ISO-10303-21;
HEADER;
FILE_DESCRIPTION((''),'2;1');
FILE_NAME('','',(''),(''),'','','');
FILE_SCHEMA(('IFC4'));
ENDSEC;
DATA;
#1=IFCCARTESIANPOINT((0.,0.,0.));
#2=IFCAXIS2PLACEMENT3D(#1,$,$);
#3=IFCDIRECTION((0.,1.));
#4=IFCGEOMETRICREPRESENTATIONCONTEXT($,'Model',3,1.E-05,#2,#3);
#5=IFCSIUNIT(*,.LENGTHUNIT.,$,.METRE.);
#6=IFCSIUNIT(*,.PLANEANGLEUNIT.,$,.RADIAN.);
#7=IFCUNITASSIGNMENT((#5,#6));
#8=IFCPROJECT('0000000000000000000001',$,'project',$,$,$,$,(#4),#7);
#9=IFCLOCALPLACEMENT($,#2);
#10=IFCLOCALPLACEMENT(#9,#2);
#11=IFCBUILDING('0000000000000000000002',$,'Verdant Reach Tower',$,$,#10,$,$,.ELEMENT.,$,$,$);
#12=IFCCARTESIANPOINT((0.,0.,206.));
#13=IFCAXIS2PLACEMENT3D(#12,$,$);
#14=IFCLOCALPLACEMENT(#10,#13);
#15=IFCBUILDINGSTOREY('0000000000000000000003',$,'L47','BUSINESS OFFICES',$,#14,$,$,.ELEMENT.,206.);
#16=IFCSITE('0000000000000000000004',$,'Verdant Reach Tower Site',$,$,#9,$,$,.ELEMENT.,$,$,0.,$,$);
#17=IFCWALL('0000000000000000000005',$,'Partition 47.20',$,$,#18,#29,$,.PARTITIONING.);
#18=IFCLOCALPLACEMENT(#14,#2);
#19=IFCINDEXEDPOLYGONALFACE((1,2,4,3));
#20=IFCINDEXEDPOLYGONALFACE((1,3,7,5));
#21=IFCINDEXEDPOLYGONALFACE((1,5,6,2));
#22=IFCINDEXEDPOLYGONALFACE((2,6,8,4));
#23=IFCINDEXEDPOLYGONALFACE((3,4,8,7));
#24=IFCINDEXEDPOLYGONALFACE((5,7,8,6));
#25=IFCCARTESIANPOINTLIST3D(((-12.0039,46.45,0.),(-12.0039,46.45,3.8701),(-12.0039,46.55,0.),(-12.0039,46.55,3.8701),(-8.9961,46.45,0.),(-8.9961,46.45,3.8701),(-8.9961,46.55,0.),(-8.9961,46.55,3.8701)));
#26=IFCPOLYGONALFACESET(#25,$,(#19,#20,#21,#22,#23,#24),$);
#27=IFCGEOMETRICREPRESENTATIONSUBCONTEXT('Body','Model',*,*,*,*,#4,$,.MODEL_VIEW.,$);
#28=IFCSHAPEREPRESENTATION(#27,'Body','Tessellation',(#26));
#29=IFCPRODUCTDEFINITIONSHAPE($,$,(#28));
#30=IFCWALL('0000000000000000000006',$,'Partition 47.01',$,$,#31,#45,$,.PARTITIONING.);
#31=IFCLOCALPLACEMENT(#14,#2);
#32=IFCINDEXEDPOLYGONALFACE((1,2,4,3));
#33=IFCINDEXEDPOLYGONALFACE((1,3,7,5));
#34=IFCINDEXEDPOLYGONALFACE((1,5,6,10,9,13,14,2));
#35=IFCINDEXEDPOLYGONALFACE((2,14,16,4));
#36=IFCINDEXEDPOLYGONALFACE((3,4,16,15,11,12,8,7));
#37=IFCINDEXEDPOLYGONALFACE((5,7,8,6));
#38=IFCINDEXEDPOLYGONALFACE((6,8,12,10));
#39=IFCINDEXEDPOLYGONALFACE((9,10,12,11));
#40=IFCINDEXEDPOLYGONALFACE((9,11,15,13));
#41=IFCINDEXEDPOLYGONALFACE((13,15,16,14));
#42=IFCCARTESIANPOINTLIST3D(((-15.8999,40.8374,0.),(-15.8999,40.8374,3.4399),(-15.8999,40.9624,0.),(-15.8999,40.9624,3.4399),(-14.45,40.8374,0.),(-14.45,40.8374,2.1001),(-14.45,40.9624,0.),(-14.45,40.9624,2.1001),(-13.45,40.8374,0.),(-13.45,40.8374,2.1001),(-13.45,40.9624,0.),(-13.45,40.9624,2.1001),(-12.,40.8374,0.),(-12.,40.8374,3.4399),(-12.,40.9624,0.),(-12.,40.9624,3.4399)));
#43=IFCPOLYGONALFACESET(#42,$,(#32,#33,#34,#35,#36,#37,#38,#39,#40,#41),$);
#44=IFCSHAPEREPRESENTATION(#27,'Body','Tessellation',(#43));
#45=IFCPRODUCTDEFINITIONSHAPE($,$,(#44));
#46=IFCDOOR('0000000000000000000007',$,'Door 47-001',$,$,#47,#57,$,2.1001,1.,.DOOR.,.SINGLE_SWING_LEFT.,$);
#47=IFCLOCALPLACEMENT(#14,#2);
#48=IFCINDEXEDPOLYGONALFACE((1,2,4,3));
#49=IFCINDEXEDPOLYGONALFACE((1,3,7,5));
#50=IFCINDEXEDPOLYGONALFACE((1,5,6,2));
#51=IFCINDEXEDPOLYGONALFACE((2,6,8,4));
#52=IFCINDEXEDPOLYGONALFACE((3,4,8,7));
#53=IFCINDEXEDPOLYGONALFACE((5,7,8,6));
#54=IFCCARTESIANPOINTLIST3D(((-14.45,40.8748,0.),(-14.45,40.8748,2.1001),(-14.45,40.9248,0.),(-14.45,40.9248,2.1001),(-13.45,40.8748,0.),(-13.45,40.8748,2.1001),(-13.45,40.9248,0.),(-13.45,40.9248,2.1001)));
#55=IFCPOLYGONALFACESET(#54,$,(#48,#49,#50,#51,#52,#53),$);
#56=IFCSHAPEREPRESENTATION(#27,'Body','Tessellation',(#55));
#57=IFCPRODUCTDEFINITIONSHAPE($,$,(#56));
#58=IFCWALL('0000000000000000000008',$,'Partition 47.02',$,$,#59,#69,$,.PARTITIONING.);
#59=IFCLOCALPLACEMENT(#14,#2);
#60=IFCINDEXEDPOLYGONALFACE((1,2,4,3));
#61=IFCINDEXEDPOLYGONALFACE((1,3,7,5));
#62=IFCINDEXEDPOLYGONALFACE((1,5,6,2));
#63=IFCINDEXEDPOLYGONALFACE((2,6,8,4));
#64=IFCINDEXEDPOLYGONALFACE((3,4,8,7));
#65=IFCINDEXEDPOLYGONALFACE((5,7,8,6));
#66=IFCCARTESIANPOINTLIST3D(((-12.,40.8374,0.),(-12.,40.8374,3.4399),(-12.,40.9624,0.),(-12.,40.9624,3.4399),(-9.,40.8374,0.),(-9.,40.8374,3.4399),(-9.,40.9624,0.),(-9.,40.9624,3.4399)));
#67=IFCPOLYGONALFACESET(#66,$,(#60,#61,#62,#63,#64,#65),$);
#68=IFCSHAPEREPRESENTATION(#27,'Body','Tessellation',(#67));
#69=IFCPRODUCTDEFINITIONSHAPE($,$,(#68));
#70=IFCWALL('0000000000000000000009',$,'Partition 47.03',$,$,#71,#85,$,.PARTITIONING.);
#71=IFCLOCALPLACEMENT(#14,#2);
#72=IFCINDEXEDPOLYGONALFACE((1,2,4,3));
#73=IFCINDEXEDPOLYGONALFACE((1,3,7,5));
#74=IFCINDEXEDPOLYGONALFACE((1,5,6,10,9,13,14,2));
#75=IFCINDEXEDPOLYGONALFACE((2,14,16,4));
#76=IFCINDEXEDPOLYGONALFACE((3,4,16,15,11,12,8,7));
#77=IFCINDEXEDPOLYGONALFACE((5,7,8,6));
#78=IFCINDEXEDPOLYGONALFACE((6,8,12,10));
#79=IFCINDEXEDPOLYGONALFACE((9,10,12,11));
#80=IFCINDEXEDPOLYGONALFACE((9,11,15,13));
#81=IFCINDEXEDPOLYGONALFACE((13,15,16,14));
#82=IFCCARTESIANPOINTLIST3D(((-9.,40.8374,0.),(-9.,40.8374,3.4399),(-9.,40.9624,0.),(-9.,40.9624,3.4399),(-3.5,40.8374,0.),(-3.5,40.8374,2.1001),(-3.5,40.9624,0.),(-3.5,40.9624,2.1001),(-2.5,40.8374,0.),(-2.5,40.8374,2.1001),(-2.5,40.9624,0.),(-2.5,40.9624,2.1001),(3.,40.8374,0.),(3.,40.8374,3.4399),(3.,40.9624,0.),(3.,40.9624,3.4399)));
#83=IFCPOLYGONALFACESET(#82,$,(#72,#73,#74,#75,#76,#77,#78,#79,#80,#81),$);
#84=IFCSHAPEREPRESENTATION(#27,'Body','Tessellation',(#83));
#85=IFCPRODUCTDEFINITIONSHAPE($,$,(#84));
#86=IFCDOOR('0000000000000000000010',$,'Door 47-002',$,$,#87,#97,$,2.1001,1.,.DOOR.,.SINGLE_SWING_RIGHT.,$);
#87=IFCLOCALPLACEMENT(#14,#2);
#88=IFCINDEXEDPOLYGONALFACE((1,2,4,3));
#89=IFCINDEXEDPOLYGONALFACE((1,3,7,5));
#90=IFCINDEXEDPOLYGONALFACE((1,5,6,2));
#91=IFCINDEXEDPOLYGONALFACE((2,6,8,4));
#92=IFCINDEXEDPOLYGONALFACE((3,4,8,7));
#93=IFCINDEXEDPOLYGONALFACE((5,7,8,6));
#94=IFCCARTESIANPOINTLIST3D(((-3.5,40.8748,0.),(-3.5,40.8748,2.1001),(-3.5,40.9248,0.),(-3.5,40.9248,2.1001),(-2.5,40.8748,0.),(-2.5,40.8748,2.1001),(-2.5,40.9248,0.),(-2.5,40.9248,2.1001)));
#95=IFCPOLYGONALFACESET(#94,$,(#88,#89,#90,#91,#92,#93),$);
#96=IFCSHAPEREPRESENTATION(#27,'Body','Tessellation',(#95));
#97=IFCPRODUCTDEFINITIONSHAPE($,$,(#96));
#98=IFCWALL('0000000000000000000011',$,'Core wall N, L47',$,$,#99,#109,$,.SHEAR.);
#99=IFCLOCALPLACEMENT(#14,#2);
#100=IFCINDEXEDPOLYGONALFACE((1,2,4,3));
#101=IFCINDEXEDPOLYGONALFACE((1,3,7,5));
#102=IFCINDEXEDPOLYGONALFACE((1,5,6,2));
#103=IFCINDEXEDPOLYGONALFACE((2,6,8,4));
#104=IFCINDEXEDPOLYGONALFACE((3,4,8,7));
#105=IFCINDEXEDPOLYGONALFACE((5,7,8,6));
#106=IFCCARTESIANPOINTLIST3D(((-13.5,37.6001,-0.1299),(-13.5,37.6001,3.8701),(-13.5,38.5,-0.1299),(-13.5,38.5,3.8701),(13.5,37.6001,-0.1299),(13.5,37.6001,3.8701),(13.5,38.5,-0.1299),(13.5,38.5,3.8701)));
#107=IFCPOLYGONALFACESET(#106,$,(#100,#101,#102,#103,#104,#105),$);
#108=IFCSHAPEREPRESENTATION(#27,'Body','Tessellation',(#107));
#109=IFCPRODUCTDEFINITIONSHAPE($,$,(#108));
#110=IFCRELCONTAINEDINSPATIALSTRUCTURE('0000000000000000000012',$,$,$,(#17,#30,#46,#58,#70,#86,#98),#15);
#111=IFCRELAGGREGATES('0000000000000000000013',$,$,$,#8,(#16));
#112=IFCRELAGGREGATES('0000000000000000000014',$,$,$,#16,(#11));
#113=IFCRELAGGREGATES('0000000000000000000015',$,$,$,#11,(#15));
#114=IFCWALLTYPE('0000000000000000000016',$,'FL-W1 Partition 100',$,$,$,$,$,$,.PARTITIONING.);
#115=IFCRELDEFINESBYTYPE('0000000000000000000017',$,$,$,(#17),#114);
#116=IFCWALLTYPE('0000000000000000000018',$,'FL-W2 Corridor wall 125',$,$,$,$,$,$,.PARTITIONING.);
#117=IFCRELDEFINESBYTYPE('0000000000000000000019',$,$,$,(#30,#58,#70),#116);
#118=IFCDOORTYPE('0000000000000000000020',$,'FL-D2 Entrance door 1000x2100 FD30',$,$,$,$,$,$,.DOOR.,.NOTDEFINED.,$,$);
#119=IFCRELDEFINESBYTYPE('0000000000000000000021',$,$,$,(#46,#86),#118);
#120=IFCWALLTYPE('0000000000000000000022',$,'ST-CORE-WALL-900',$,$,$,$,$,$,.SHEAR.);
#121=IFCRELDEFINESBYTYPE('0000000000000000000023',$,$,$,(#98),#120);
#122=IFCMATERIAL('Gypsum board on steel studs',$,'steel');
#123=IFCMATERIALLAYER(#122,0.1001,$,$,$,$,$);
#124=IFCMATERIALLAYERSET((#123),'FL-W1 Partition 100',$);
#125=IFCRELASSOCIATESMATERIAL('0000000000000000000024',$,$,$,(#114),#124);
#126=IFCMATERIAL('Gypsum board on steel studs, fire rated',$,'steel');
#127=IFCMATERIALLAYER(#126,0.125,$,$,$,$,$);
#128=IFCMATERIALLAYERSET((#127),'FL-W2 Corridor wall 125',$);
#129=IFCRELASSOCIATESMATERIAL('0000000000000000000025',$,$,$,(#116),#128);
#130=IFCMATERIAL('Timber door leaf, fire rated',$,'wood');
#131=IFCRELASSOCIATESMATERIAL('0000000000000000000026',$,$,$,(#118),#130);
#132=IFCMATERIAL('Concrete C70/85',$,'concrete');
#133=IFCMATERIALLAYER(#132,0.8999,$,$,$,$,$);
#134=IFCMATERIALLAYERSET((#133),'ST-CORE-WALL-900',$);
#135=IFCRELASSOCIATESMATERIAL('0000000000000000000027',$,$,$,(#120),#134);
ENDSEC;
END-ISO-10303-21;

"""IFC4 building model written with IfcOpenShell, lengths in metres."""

from ifc_helpers import new_model, si_unit, direction, frame, frame_2d, origin, place, context, subcontext, project, spatial, rectangle, extrude, material, layer, layer_set, type_object, element, fill, save


model = new_model("IFC4")

# Units and contexts
model_context = context("Model", 3, precision=1e-05, world=origin(), true_north=direction((0.0, 1.0)))
body_context = subcontext(model_context, "Body", "Model", "MODEL_VIEW")
ifc_project = project(units=[si_unit("LENGTHUNIT", "METRE"), si_unit("PLANEANGLEUNIT", "RADIAN")], contexts=[model_context])

# Site, building, storey
site_placement = place(None, origin())
site = spatial("IfcSite", under=ifc_project, at=site_placement, Name="Verdant Reach Tower Site", CompositionType="ELEMENT", RefElevation=0.0)
building_placement = place(site_placement, origin())
building = spatial("IfcBuilding", under=site, at=building_placement, Name="Verdant Reach Tower", CompositionType="ELEMENT")
storey_placement = place(building_placement, frame((0.0, 0.0, 206.0)))
storey = spatial("IfcBuildingStorey", under=building, at=storey_placement, Name="L47", Description="BUSINESS OFFICES", CompositionType="ELEMENT", Elevation=206.0)

# Shared definitions
ifc_material_1 = material(Name="Gypsum board on steel studs", Category="steel")
ifc_layer_1 = layer(ifc_material_1, 0.1001)
ifc_layer_set_1 = layer_set([ifc_layer_1], Name="FL-W1 Partition 100")
wall_type_1 = type_object("IfcWallType", Name="FL-W1 Partition 100", PredefinedType="PARTITIONING", material=ifc_layer_set_1)

# Wall
wall_1_placement = place(storey_placement, frame((-8.9961, 46.5, 0.0), z_axis=(0.0, 0.0, 1.0), x_axis=(-1.0, 0.0, 0.0)))
element("IfcWall", 1, at=wall_1_placement, inside=storey, type_object=wall_type_1, Name="Partition 47.20", PredefinedType="PARTITIONING", context=body_context, shape_type="SweptSolid", body=[
    extrude(rectangle(XDim=3.0078, YDim=0.1001, at=frame_2d((1.5039, 0.0))), origin(), (0.0, 0.0, 1.0), 3.8701),
])

# Wall, opening, door
ifc_material_2 = material(Name="Gypsum board on steel studs, fire rated", Category="steel")
ifc_layer_2 = layer(ifc_material_2, 0.125)
ifc_layer_set_2 = layer_set([ifc_layer_2], Name="FL-W2 Corridor wall 125")
wall_type_2 = type_object("IfcWallType", Name="FL-W2 Corridor wall 125", PredefinedType="PARTITIONING", material=ifc_layer_set_2)
wall_2_placement = place(storey_placement, frame((-15.8999, 40.8999, 0.0), z_axis=(0.0, 0.0, 1.0), x_axis=(1.0, 0.0, 0.0)))
wall_2 = element("IfcWall", 2, at=wall_2_placement, inside=storey, type_object=wall_type_2, Name="Partition 47.01", PredefinedType="PARTITIONING", context=body_context, shape_type="SweptSolid", body=[
    extrude(rectangle(XDim=3.8999, YDim=0.125, at=frame_2d((1.95, 0.0))), origin(), (0.0, 0.0, 1.0), 3.4399),
])
opening_1_placement = place(wall_2_placement, frame((1.45, 0.0, 0.0)))
opening_1 = element("IfcOpeningElement", 3, at=opening_1_placement, cuts=wall_2, PredefinedType="OPENING", context=body_context, shape_type="SweptSolid", body=[
    extrude(rectangle(XDim=1.0, YDim=2.1001, at=frame_2d((0.5, 1.05))), frame((0.0, 0.0725, 0.0), z_axis=(0.0, -1.0, 0.0), x_axis=(1.0, 0.0, 0.0)), (0.0, 0.0, 1.0), 0.145),
])
ifc_material_3 = material(Name="Timber door leaf, fire rated", Category="wood")
door_type_1 = type_object("IfcDoorType", Name="FL-D2 Entrance door 1000x2100 FD30", OperationType="NOTDEFINED", PredefinedType="DOOR", material=ifc_material_3)
door_1_placement = place(opening_1_placement, origin())
door_1 = element("IfcDoor", 4, at=door_1_placement, inside=storey, type_object=door_type_1, Name="Door 47-001", OperationType="SINGLE_SWING_LEFT", OverallHeight=2.1001, OverallWidth=1.0, PredefinedType="DOOR", context=body_context, shape_type="SweptSolid", body=[
    extrude(rectangle(XDim=1.0, YDim=2.1001, at=frame_2d((0.5, 1.05))), frame((0.0, 0.0249, 0.0), z_axis=(0.0, -1.0, 0.0), x_axis=(1.0, 0.0, 0.0)), (0.0, 0.0, 1.0), 0.05),
])
fill(opening_1, door_1)

# Wall
wall_3_placement = place(storey_placement, frame((-9.0, 40.8999, 0.0), z_axis=(0.0, 0.0, 1.0), x_axis=(-1.0, 0.0, 0.0)))
element("IfcWall", 5, at=wall_3_placement, inside=storey, type_object=wall_type_2, Name="Partition 47.02", PredefinedType="PARTITIONING", context=body_context, shape_type="SweptSolid", body=[
    extrude(rectangle(XDim=3.0, YDim=0.125, at=frame_2d((1.5, 0.0))), origin(), (0.0, 0.0, 1.0), 3.4399),
])

# Wall, opening, door
wall_4_placement = place(storey_placement, frame((-9.0, 40.8999, 0.0), z_axis=(0.0, 0.0, 1.0), x_axis=(1.0, 0.0, 0.0)))
wall_4 = element("IfcWall", 6, at=wall_4_placement, inside=storey, type_object=wall_type_2, Name="Partition 47.03", PredefinedType="PARTITIONING", context=body_context, shape_type="SweptSolid", body=[
    extrude(rectangle(XDim=12.0, YDim=0.125, at=frame_2d((6.0, 0.0))), origin(), (0.0, 0.0, 1.0), 3.4399),
])
opening_2_placement = place(wall_4_placement, frame((5.5, 0.0, 0.0)))
opening_2 = element("IfcOpeningElement", 7, at=opening_2_placement, cuts=wall_4, PredefinedType="OPENING", context=body_context, shape_type="SweptSolid", body=[
    extrude(rectangle(XDim=1.0, YDim=2.1001, at=frame_2d((0.5, 1.05))), frame((0.0, 0.0725, 0.0), z_axis=(0.0, -1.0, 0.0), x_axis=(1.0, 0.0, 0.0)), (0.0, 0.0, 1.0), 0.145),
])
door_2_placement = place(opening_2_placement, origin())
door_2 = element("IfcDoor", 8, at=door_2_placement, inside=storey, type_object=door_type_1, Name="Door 47-002", OperationType="SINGLE_SWING_RIGHT", OverallHeight=2.1001, OverallWidth=1.0, PredefinedType="DOOR", context=body_context, shape_type="SweptSolid", body=[
    extrude(rectangle(XDim=1.0, YDim=2.1001, at=frame_2d((0.5, 1.05))), frame((0.0, 0.0249, 0.0), z_axis=(0.0, -1.0, 0.0), x_axis=(1.0, 0.0, 0.0)), (0.0, 0.0, 1.0), 0.05),
])
fill(opening_2, door_2)

# Wall
ifc_material_4 = material(Name="Concrete C70/85", Category="concrete")
ifc_layer_3 = layer(ifc_material_4, 0.8999)
ifc_layer_set_3 = layer_set([ifc_layer_3], Name="ST-CORE-WALL-900")
wall_type_3 = type_object("IfcWallType", Name="ST-CORE-WALL-900", PredefinedType="SHEAR", material=ifc_layer_set_3)
wall_5_placement = place(storey_placement, frame((-13.5, 38.05, -0.1299), z_axis=(0.0, 0.0, 1.0), x_axis=(1.0, 0.0, 0.0)))
element("IfcWall", 9, at=wall_5_placement, inside=storey, type_object=wall_type_3, Name="Core wall N, L47", PredefinedType="SHEAR", context=body_context, shape_type="SweptSolid", body=[
    extrude(rectangle(XDim=27.0, YDim=0.8999, at=frame_2d((13.5, 0.0))), origin(), (0.0, 0.0, 1.0), 4.0),
])

save(model, "model.ifc")
